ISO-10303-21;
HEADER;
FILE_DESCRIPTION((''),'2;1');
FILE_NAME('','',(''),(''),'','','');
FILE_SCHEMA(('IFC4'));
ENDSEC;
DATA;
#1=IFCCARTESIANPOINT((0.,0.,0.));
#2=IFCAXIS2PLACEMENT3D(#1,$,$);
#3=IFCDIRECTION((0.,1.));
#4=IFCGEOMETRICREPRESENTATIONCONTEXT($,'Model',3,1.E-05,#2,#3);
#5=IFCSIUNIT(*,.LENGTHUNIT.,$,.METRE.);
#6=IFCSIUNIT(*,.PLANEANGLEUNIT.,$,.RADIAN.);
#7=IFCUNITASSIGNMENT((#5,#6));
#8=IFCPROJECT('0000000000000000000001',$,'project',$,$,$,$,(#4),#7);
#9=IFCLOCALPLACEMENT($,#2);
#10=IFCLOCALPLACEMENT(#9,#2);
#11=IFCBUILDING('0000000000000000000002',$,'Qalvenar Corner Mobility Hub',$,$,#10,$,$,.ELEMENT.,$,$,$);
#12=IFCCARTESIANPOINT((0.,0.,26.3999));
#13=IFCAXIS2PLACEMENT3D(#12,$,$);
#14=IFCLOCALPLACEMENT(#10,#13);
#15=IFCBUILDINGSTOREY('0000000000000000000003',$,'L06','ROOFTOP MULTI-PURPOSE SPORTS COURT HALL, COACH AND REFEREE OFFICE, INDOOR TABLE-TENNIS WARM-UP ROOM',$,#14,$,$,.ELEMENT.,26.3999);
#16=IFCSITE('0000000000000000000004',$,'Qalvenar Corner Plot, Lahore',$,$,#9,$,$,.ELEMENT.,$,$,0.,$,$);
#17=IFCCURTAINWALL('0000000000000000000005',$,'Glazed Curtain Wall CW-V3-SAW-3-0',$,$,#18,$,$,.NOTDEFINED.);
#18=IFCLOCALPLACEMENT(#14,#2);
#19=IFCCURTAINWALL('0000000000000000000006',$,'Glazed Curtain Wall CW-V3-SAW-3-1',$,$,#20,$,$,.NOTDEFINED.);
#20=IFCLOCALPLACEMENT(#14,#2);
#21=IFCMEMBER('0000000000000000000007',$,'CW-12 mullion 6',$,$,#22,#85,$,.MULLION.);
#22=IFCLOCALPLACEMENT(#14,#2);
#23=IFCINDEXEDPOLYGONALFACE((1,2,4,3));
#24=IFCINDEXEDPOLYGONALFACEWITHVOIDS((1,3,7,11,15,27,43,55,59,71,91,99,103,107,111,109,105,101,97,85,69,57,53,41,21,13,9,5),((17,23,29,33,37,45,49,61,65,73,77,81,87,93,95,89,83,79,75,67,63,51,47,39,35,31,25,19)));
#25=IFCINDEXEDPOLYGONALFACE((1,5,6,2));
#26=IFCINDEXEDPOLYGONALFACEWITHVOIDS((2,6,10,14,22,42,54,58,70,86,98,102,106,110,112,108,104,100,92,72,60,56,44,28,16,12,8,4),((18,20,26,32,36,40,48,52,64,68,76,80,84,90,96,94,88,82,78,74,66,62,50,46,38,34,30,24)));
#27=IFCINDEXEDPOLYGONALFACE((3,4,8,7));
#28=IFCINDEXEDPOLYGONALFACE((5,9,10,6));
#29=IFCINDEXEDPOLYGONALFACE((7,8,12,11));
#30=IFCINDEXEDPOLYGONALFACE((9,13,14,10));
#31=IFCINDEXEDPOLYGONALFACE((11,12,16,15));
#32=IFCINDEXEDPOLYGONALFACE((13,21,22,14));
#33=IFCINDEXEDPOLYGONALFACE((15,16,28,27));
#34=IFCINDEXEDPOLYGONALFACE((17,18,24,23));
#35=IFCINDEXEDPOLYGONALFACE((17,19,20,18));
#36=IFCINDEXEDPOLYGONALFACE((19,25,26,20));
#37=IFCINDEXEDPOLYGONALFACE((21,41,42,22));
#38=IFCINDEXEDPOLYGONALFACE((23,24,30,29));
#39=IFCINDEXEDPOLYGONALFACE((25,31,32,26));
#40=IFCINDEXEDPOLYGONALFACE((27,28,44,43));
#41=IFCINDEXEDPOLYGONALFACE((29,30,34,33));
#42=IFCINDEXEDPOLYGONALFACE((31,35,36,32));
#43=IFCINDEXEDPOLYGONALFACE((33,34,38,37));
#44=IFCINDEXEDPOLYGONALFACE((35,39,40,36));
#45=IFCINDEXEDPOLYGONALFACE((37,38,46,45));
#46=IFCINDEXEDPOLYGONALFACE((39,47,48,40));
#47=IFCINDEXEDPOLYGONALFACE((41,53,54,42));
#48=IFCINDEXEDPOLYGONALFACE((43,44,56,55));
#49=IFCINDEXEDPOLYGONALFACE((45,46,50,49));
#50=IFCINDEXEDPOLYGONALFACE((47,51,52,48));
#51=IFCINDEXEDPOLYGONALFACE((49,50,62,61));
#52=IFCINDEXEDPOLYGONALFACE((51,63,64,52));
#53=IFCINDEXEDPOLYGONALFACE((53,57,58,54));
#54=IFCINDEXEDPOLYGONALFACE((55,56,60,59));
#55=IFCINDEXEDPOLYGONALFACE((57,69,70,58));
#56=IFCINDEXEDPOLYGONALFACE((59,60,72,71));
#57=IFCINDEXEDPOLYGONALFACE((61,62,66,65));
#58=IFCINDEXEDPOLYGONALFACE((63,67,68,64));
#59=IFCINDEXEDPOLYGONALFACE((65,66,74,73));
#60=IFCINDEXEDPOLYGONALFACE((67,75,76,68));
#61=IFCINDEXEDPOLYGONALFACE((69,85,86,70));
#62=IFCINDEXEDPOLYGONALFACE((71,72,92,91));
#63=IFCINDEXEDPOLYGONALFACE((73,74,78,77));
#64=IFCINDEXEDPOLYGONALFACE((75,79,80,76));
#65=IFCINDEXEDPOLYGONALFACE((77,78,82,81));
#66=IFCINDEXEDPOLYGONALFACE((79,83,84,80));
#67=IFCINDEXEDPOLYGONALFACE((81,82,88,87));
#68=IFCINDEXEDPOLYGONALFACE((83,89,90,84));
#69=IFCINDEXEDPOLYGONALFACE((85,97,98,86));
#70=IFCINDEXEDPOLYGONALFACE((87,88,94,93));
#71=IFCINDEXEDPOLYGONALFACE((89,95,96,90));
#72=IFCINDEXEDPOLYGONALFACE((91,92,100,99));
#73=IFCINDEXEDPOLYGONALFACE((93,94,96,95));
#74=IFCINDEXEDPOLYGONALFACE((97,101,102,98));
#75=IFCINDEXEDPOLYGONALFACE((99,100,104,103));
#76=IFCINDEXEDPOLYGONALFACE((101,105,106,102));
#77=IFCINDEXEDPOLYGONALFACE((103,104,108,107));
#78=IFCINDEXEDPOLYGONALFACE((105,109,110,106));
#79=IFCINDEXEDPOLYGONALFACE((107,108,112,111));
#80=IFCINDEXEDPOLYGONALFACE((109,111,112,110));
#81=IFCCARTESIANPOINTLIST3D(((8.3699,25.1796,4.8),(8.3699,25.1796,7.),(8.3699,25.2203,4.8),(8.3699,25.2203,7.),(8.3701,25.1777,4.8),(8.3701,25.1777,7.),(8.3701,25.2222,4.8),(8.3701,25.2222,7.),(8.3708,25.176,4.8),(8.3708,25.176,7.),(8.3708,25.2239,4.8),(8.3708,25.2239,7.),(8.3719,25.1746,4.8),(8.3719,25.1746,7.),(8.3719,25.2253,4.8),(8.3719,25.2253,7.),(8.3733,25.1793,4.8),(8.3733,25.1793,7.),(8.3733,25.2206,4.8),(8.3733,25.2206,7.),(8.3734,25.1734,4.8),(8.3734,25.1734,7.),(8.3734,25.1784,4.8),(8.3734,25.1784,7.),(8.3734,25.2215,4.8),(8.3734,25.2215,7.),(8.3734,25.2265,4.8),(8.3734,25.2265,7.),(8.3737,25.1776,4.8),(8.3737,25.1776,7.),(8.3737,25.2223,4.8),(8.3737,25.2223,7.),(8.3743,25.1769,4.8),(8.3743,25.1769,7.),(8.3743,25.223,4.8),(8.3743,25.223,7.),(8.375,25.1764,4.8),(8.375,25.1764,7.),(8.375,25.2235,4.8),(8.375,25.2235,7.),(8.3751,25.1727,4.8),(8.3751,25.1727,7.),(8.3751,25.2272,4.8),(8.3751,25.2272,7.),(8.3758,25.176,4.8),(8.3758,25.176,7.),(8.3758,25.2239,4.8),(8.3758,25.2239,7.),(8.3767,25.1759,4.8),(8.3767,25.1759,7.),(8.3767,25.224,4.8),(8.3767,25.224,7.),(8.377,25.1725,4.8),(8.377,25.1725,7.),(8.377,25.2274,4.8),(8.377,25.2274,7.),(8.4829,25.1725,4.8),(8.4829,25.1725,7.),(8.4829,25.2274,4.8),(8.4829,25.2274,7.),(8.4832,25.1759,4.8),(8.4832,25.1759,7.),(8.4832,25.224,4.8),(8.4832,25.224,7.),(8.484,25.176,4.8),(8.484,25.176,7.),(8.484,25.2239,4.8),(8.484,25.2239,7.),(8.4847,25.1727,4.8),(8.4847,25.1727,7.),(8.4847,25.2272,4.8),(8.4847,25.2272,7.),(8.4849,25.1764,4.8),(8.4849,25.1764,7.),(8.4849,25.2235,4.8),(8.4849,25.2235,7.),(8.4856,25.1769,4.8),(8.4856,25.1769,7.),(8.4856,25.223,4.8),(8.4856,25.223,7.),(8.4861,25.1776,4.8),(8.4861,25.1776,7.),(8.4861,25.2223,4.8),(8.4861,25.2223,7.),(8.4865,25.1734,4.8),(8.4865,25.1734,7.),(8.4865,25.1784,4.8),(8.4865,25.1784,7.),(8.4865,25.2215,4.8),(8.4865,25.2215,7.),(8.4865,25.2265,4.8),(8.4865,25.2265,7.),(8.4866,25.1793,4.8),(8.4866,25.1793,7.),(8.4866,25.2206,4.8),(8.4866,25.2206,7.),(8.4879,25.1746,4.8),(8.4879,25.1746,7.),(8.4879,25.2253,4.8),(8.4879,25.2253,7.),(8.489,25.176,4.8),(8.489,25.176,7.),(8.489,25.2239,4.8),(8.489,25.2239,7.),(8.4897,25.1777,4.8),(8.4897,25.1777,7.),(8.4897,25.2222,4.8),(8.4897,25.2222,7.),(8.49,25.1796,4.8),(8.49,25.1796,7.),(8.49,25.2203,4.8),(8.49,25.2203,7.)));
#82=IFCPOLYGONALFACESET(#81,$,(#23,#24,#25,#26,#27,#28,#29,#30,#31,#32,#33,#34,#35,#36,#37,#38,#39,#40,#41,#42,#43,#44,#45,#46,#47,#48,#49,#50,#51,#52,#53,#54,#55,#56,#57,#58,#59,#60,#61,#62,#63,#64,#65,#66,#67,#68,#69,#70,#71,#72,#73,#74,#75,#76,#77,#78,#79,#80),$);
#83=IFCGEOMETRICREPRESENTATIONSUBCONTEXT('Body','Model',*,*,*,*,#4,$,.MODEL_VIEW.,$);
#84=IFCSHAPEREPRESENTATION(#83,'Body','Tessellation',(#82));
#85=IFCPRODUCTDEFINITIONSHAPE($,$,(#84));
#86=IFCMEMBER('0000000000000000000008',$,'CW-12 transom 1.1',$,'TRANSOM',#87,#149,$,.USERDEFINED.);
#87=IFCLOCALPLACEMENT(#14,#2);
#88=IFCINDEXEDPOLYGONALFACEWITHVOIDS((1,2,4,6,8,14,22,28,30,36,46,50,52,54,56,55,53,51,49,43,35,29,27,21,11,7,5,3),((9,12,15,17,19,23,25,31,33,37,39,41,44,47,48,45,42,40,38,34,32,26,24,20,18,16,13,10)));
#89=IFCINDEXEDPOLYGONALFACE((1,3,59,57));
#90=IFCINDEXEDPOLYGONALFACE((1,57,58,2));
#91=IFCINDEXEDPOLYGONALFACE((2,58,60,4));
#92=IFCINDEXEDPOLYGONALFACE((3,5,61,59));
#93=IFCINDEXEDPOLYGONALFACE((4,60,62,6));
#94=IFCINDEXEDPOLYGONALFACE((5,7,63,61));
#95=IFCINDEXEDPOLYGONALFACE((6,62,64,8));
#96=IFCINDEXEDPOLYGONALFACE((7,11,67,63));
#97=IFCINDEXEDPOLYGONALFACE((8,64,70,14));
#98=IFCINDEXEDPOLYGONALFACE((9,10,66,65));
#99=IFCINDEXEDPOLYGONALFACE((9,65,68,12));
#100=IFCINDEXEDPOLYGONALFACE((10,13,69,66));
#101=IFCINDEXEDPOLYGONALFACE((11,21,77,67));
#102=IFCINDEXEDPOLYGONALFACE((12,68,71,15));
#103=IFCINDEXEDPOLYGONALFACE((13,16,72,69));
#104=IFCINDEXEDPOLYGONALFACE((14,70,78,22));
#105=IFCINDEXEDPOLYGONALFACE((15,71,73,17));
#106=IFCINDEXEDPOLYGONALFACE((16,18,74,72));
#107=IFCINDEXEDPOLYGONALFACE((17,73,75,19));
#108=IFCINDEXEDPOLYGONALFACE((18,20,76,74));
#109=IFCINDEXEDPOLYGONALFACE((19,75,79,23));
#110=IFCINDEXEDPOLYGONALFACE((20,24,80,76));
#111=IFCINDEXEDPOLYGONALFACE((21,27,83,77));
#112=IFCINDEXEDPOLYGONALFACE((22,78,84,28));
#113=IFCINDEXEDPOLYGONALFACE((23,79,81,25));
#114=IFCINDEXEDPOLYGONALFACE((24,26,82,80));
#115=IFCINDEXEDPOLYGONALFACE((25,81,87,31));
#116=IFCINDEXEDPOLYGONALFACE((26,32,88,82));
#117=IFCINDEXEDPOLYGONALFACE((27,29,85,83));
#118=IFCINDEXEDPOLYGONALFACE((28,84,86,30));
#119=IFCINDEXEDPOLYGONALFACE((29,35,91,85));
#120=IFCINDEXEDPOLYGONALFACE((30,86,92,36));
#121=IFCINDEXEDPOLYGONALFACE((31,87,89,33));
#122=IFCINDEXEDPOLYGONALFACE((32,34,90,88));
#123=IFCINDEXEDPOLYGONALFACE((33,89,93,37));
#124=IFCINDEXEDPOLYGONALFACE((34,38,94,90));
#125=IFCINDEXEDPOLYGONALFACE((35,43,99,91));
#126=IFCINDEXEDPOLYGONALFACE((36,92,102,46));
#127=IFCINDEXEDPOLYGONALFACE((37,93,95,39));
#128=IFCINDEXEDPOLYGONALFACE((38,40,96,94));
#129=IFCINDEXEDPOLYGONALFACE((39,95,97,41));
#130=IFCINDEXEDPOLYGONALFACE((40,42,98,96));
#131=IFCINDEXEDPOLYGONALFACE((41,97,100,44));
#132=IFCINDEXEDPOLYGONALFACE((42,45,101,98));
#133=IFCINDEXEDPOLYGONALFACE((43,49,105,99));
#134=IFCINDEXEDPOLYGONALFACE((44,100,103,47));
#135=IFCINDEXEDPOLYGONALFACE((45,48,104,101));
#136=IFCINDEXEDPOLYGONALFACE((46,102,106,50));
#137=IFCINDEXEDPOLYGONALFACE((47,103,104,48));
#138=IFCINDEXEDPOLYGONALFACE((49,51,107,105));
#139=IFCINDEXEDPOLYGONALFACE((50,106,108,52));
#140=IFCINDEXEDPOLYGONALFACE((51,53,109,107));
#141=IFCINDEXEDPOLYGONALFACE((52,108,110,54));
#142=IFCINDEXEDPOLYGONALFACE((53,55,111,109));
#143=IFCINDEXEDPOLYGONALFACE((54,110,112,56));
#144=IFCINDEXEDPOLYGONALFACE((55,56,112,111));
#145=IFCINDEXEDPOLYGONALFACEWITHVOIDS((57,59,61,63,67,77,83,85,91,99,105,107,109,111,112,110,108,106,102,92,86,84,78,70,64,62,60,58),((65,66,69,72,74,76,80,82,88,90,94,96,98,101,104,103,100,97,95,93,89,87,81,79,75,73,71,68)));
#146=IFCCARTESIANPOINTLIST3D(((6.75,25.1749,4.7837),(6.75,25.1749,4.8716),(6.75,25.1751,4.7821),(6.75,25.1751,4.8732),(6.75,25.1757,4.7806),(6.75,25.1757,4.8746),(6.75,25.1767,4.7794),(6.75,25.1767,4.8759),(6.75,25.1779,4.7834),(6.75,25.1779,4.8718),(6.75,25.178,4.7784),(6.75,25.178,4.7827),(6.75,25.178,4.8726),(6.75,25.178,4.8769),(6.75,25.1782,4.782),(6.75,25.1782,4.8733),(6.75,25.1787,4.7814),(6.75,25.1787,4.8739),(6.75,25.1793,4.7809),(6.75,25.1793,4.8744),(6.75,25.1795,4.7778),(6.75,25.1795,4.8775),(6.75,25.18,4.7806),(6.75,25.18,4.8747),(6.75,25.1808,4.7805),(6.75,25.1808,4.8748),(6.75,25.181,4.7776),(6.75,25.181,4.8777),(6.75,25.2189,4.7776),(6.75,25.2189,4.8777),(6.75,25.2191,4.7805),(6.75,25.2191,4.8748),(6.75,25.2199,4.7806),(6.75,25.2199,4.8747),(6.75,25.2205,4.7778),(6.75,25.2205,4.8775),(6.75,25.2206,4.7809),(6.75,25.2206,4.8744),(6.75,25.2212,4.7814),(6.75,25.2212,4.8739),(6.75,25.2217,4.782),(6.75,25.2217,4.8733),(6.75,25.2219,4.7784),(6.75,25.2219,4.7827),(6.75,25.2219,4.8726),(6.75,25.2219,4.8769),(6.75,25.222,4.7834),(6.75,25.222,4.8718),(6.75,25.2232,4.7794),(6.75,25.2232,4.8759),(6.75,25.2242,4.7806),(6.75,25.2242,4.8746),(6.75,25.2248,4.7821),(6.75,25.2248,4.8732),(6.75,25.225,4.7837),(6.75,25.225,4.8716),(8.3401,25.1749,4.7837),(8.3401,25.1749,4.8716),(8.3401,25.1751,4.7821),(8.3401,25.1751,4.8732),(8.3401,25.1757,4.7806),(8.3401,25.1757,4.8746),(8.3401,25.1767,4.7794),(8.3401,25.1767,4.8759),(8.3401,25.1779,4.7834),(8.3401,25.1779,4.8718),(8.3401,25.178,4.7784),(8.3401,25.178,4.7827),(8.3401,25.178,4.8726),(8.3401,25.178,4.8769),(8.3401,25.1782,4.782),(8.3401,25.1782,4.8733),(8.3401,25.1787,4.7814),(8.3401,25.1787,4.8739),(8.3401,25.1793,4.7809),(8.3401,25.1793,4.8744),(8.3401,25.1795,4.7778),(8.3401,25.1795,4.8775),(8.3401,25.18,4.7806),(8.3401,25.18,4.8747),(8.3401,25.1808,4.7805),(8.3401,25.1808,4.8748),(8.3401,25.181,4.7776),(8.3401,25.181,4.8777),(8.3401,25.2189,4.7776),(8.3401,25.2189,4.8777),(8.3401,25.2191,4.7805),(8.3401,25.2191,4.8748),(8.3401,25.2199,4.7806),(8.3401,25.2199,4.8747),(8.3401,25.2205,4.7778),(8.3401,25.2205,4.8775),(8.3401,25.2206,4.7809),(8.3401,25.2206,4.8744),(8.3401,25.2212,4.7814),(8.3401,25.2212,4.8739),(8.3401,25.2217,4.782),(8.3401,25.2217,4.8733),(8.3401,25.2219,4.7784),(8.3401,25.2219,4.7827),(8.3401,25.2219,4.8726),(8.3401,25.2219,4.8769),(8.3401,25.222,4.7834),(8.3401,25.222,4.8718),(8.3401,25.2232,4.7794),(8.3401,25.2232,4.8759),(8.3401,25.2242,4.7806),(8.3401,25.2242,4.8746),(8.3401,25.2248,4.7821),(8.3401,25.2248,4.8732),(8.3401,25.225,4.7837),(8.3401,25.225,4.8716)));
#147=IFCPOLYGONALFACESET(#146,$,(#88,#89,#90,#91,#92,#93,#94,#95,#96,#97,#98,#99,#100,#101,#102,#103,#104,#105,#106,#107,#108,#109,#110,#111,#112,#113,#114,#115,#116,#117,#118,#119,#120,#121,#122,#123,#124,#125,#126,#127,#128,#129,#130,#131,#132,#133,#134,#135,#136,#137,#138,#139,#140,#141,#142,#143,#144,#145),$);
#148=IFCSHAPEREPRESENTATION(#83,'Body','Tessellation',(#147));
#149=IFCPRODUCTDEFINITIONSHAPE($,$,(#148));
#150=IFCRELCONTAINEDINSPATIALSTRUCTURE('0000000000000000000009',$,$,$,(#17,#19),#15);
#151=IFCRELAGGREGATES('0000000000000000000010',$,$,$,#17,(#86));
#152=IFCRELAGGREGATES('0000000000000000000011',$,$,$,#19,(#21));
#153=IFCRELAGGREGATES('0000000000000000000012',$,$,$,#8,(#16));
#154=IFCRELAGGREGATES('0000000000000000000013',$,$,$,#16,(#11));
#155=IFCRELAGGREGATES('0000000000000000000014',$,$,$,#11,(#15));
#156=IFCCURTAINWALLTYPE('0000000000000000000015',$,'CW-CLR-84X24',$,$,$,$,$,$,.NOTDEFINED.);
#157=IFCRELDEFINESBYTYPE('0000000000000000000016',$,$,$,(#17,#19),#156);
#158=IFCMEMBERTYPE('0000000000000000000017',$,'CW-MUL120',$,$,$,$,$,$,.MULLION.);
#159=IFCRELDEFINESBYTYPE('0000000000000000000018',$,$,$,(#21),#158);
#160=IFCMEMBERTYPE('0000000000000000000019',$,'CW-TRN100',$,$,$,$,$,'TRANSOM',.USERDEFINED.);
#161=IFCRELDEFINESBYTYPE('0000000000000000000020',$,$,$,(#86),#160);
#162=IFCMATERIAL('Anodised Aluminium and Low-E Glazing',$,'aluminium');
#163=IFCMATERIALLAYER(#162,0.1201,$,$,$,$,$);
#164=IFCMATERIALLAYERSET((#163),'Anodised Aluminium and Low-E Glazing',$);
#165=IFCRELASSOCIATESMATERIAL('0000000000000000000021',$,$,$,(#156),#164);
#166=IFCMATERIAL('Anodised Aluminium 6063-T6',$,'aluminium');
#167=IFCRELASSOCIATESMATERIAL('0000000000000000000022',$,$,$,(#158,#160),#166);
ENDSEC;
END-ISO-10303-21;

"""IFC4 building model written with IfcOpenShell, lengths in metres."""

from ifc_helpers import new_model, si_unit, direction, frame, origin, origin_2d, place, context, subcontext, project, spatial, hollow_rectangle, extrude, material, layer, layer_set, material_profile, profile_set, type_object, element, aggregate, save


model = new_model("IFC4")

# Units and contexts
model_context = context("Model", 3, precision=1e-05, world=origin(), true_north=direction((0.0, 1.0)))
body_context = subcontext(model_context, "Body", "Model", "MODEL_VIEW")
ifc_project = project(units=[si_unit("LENGTHUNIT", "METRE"), si_unit("PLANEANGLEUNIT", "RADIAN")], contexts=[model_context])

# Site, building, storey
site_placement = place(None, origin())
site = spatial("IfcSite", under=ifc_project, at=site_placement, Name="Qalvenar Corner Plot, Lahore", CompositionType="ELEMENT", RefElevation=0.0)
building_placement = place(site_placement, origin())
building = spatial("IfcBuilding", under=site, at=building_placement, Name="Qalvenar Corner Mobility Hub", CompositionType="ELEMENT")
storey_placement = place(building_placement, frame((0.0, 0.0, 26.3999)))
storey = spatial("IfcBuildingStorey", under=building, at=storey_placement, Name="L06", Description="ROOFTOP MULTI-PURPOSE SPORTS COURT HALL, COACH AND REFEREE OFFICE, INDOOR TABLE-TENNIS WARM-UP ROOM", CompositionType="ELEMENT", Elevation=26.3999)

# Curtain walls, member
ifc_material_1 = material(Name="Anodised Aluminium and Low-E Glazing", Category="aluminium")
ifc_layer_1 = layer(ifc_material_1, 0.1201)
ifc_layer_set_1 = layer_set([ifc_layer_1], Name="Anodised Aluminium and Low-E Glazing")
curtain_wall_type = type_object("IfcCurtainWallType", Name="CW-CLR-84X24", PredefinedType="NOTDEFINED", material=ifc_layer_set_1)
curtain_wall_1_placement = place(storey_placement, origin())
curtain_wall_1 = element("IfcCurtainWall", 1, at=curtain_wall_1_placement, inside=storey, type_object=curtain_wall_type, Name="Glazed Curtain Wall CW-V3-SAW-3-0", PredefinedType="NOTDEFINED")
ifc_material_2 = material(Name="Anodised Aluminium 6063-T6", Category="aluminium")
ifc_material_profile_1 = material_profile(ifc_material_2, hollow_rectangle(XDim=0.0549, YDim=0.1201, WallThickness=0.0034, InnerFilletRadius=0.0034, OuterFilletRadius=0.0071, at=origin_2d()), Name="RHS120x55x3.5")
ifc_profile_set_1 = profile_set([ifc_material_profile_1], Name="Anodised Aluminium 6063-T6")
member_type_1 = type_object("IfcMemberType", Name="CW-MUL120", PredefinedType="MULLION", material=ifc_profile_set_1)
curtain_wall_2_placement = place(storey_placement, origin())
curtain_wall_2 = element("IfcCurtainWall", 2, at=curtain_wall_2_placement, inside=storey, type_object=curtain_wall_type, Name="Glazed Curtain Wall CW-V3-SAW-3-1", PredefinedType="NOTDEFINED")
member_1_placement = place(storey_placement, frame((8.4299, 25.2, 4.8), z_axis=(0.0, 0.0, 1.0), x_axis=(0.0, -1.0, 0.0)))
member_1 = element("IfcMember", 3, at=member_1_placement, type_object=member_type_1, Name="CW-12 mullion 6", PredefinedType="MULLION", context=body_context, shape_type="SweptSolid", body=[
    extrude(hollow_rectangle(XDim=0.0549, YDim=0.1201, WallThickness=0.0034, InnerFilletRadius=0.0034, OuterFilletRadius=0.0071, at=origin_2d()), origin(), (0.0, 0.0, 1.0), 2.2),
])

# Member
ifc_material_profile_2 = material_profile(ifc_material_2, hollow_rectangle(XDim=0.05, YDim=0.1001, WallThickness=0.0029, InnerFilletRadius=0.0029, OuterFilletRadius=0.0061, at=origin_2d()), Name="RHS100x50x3")
ifc_profile_set_2 = profile_set([ifc_material_profile_2], Name="Anodised Aluminium 6063-T6")
member_type_2 = type_object("IfcMemberType", Name="CW-TRN100", ElementType="TRANSOM", PredefinedType="USERDEFINED", material=ifc_profile_set_2)
member_2_placement = place(storey_placement, frame((8.3401, 25.2, 4.8276), z_axis=(-1.0, 0.0, 0.0), x_axis=(0.0, -1.0, 0.0)))
member_2 = element("IfcMember", 4, at=member_2_placement, type_object=member_type_2, Name="CW-12 transom 1.1", ObjectType="TRANSOM", PredefinedType="USERDEFINED", context=body_context, shape_type="SweptSolid", body=[
    extrude(hollow_rectangle(XDim=0.05, YDim=0.1001, WallThickness=0.0029, InnerFilletRadius=0.0029, OuterFilletRadius=0.0061, at=origin_2d()), origin(), (0.0, 0.0, 1.0), 1.5901),
])

aggregate(curtain_wall_1, [member_2])
aggregate(curtain_wall_2, [member_1])

save(model, "model.ifc")
